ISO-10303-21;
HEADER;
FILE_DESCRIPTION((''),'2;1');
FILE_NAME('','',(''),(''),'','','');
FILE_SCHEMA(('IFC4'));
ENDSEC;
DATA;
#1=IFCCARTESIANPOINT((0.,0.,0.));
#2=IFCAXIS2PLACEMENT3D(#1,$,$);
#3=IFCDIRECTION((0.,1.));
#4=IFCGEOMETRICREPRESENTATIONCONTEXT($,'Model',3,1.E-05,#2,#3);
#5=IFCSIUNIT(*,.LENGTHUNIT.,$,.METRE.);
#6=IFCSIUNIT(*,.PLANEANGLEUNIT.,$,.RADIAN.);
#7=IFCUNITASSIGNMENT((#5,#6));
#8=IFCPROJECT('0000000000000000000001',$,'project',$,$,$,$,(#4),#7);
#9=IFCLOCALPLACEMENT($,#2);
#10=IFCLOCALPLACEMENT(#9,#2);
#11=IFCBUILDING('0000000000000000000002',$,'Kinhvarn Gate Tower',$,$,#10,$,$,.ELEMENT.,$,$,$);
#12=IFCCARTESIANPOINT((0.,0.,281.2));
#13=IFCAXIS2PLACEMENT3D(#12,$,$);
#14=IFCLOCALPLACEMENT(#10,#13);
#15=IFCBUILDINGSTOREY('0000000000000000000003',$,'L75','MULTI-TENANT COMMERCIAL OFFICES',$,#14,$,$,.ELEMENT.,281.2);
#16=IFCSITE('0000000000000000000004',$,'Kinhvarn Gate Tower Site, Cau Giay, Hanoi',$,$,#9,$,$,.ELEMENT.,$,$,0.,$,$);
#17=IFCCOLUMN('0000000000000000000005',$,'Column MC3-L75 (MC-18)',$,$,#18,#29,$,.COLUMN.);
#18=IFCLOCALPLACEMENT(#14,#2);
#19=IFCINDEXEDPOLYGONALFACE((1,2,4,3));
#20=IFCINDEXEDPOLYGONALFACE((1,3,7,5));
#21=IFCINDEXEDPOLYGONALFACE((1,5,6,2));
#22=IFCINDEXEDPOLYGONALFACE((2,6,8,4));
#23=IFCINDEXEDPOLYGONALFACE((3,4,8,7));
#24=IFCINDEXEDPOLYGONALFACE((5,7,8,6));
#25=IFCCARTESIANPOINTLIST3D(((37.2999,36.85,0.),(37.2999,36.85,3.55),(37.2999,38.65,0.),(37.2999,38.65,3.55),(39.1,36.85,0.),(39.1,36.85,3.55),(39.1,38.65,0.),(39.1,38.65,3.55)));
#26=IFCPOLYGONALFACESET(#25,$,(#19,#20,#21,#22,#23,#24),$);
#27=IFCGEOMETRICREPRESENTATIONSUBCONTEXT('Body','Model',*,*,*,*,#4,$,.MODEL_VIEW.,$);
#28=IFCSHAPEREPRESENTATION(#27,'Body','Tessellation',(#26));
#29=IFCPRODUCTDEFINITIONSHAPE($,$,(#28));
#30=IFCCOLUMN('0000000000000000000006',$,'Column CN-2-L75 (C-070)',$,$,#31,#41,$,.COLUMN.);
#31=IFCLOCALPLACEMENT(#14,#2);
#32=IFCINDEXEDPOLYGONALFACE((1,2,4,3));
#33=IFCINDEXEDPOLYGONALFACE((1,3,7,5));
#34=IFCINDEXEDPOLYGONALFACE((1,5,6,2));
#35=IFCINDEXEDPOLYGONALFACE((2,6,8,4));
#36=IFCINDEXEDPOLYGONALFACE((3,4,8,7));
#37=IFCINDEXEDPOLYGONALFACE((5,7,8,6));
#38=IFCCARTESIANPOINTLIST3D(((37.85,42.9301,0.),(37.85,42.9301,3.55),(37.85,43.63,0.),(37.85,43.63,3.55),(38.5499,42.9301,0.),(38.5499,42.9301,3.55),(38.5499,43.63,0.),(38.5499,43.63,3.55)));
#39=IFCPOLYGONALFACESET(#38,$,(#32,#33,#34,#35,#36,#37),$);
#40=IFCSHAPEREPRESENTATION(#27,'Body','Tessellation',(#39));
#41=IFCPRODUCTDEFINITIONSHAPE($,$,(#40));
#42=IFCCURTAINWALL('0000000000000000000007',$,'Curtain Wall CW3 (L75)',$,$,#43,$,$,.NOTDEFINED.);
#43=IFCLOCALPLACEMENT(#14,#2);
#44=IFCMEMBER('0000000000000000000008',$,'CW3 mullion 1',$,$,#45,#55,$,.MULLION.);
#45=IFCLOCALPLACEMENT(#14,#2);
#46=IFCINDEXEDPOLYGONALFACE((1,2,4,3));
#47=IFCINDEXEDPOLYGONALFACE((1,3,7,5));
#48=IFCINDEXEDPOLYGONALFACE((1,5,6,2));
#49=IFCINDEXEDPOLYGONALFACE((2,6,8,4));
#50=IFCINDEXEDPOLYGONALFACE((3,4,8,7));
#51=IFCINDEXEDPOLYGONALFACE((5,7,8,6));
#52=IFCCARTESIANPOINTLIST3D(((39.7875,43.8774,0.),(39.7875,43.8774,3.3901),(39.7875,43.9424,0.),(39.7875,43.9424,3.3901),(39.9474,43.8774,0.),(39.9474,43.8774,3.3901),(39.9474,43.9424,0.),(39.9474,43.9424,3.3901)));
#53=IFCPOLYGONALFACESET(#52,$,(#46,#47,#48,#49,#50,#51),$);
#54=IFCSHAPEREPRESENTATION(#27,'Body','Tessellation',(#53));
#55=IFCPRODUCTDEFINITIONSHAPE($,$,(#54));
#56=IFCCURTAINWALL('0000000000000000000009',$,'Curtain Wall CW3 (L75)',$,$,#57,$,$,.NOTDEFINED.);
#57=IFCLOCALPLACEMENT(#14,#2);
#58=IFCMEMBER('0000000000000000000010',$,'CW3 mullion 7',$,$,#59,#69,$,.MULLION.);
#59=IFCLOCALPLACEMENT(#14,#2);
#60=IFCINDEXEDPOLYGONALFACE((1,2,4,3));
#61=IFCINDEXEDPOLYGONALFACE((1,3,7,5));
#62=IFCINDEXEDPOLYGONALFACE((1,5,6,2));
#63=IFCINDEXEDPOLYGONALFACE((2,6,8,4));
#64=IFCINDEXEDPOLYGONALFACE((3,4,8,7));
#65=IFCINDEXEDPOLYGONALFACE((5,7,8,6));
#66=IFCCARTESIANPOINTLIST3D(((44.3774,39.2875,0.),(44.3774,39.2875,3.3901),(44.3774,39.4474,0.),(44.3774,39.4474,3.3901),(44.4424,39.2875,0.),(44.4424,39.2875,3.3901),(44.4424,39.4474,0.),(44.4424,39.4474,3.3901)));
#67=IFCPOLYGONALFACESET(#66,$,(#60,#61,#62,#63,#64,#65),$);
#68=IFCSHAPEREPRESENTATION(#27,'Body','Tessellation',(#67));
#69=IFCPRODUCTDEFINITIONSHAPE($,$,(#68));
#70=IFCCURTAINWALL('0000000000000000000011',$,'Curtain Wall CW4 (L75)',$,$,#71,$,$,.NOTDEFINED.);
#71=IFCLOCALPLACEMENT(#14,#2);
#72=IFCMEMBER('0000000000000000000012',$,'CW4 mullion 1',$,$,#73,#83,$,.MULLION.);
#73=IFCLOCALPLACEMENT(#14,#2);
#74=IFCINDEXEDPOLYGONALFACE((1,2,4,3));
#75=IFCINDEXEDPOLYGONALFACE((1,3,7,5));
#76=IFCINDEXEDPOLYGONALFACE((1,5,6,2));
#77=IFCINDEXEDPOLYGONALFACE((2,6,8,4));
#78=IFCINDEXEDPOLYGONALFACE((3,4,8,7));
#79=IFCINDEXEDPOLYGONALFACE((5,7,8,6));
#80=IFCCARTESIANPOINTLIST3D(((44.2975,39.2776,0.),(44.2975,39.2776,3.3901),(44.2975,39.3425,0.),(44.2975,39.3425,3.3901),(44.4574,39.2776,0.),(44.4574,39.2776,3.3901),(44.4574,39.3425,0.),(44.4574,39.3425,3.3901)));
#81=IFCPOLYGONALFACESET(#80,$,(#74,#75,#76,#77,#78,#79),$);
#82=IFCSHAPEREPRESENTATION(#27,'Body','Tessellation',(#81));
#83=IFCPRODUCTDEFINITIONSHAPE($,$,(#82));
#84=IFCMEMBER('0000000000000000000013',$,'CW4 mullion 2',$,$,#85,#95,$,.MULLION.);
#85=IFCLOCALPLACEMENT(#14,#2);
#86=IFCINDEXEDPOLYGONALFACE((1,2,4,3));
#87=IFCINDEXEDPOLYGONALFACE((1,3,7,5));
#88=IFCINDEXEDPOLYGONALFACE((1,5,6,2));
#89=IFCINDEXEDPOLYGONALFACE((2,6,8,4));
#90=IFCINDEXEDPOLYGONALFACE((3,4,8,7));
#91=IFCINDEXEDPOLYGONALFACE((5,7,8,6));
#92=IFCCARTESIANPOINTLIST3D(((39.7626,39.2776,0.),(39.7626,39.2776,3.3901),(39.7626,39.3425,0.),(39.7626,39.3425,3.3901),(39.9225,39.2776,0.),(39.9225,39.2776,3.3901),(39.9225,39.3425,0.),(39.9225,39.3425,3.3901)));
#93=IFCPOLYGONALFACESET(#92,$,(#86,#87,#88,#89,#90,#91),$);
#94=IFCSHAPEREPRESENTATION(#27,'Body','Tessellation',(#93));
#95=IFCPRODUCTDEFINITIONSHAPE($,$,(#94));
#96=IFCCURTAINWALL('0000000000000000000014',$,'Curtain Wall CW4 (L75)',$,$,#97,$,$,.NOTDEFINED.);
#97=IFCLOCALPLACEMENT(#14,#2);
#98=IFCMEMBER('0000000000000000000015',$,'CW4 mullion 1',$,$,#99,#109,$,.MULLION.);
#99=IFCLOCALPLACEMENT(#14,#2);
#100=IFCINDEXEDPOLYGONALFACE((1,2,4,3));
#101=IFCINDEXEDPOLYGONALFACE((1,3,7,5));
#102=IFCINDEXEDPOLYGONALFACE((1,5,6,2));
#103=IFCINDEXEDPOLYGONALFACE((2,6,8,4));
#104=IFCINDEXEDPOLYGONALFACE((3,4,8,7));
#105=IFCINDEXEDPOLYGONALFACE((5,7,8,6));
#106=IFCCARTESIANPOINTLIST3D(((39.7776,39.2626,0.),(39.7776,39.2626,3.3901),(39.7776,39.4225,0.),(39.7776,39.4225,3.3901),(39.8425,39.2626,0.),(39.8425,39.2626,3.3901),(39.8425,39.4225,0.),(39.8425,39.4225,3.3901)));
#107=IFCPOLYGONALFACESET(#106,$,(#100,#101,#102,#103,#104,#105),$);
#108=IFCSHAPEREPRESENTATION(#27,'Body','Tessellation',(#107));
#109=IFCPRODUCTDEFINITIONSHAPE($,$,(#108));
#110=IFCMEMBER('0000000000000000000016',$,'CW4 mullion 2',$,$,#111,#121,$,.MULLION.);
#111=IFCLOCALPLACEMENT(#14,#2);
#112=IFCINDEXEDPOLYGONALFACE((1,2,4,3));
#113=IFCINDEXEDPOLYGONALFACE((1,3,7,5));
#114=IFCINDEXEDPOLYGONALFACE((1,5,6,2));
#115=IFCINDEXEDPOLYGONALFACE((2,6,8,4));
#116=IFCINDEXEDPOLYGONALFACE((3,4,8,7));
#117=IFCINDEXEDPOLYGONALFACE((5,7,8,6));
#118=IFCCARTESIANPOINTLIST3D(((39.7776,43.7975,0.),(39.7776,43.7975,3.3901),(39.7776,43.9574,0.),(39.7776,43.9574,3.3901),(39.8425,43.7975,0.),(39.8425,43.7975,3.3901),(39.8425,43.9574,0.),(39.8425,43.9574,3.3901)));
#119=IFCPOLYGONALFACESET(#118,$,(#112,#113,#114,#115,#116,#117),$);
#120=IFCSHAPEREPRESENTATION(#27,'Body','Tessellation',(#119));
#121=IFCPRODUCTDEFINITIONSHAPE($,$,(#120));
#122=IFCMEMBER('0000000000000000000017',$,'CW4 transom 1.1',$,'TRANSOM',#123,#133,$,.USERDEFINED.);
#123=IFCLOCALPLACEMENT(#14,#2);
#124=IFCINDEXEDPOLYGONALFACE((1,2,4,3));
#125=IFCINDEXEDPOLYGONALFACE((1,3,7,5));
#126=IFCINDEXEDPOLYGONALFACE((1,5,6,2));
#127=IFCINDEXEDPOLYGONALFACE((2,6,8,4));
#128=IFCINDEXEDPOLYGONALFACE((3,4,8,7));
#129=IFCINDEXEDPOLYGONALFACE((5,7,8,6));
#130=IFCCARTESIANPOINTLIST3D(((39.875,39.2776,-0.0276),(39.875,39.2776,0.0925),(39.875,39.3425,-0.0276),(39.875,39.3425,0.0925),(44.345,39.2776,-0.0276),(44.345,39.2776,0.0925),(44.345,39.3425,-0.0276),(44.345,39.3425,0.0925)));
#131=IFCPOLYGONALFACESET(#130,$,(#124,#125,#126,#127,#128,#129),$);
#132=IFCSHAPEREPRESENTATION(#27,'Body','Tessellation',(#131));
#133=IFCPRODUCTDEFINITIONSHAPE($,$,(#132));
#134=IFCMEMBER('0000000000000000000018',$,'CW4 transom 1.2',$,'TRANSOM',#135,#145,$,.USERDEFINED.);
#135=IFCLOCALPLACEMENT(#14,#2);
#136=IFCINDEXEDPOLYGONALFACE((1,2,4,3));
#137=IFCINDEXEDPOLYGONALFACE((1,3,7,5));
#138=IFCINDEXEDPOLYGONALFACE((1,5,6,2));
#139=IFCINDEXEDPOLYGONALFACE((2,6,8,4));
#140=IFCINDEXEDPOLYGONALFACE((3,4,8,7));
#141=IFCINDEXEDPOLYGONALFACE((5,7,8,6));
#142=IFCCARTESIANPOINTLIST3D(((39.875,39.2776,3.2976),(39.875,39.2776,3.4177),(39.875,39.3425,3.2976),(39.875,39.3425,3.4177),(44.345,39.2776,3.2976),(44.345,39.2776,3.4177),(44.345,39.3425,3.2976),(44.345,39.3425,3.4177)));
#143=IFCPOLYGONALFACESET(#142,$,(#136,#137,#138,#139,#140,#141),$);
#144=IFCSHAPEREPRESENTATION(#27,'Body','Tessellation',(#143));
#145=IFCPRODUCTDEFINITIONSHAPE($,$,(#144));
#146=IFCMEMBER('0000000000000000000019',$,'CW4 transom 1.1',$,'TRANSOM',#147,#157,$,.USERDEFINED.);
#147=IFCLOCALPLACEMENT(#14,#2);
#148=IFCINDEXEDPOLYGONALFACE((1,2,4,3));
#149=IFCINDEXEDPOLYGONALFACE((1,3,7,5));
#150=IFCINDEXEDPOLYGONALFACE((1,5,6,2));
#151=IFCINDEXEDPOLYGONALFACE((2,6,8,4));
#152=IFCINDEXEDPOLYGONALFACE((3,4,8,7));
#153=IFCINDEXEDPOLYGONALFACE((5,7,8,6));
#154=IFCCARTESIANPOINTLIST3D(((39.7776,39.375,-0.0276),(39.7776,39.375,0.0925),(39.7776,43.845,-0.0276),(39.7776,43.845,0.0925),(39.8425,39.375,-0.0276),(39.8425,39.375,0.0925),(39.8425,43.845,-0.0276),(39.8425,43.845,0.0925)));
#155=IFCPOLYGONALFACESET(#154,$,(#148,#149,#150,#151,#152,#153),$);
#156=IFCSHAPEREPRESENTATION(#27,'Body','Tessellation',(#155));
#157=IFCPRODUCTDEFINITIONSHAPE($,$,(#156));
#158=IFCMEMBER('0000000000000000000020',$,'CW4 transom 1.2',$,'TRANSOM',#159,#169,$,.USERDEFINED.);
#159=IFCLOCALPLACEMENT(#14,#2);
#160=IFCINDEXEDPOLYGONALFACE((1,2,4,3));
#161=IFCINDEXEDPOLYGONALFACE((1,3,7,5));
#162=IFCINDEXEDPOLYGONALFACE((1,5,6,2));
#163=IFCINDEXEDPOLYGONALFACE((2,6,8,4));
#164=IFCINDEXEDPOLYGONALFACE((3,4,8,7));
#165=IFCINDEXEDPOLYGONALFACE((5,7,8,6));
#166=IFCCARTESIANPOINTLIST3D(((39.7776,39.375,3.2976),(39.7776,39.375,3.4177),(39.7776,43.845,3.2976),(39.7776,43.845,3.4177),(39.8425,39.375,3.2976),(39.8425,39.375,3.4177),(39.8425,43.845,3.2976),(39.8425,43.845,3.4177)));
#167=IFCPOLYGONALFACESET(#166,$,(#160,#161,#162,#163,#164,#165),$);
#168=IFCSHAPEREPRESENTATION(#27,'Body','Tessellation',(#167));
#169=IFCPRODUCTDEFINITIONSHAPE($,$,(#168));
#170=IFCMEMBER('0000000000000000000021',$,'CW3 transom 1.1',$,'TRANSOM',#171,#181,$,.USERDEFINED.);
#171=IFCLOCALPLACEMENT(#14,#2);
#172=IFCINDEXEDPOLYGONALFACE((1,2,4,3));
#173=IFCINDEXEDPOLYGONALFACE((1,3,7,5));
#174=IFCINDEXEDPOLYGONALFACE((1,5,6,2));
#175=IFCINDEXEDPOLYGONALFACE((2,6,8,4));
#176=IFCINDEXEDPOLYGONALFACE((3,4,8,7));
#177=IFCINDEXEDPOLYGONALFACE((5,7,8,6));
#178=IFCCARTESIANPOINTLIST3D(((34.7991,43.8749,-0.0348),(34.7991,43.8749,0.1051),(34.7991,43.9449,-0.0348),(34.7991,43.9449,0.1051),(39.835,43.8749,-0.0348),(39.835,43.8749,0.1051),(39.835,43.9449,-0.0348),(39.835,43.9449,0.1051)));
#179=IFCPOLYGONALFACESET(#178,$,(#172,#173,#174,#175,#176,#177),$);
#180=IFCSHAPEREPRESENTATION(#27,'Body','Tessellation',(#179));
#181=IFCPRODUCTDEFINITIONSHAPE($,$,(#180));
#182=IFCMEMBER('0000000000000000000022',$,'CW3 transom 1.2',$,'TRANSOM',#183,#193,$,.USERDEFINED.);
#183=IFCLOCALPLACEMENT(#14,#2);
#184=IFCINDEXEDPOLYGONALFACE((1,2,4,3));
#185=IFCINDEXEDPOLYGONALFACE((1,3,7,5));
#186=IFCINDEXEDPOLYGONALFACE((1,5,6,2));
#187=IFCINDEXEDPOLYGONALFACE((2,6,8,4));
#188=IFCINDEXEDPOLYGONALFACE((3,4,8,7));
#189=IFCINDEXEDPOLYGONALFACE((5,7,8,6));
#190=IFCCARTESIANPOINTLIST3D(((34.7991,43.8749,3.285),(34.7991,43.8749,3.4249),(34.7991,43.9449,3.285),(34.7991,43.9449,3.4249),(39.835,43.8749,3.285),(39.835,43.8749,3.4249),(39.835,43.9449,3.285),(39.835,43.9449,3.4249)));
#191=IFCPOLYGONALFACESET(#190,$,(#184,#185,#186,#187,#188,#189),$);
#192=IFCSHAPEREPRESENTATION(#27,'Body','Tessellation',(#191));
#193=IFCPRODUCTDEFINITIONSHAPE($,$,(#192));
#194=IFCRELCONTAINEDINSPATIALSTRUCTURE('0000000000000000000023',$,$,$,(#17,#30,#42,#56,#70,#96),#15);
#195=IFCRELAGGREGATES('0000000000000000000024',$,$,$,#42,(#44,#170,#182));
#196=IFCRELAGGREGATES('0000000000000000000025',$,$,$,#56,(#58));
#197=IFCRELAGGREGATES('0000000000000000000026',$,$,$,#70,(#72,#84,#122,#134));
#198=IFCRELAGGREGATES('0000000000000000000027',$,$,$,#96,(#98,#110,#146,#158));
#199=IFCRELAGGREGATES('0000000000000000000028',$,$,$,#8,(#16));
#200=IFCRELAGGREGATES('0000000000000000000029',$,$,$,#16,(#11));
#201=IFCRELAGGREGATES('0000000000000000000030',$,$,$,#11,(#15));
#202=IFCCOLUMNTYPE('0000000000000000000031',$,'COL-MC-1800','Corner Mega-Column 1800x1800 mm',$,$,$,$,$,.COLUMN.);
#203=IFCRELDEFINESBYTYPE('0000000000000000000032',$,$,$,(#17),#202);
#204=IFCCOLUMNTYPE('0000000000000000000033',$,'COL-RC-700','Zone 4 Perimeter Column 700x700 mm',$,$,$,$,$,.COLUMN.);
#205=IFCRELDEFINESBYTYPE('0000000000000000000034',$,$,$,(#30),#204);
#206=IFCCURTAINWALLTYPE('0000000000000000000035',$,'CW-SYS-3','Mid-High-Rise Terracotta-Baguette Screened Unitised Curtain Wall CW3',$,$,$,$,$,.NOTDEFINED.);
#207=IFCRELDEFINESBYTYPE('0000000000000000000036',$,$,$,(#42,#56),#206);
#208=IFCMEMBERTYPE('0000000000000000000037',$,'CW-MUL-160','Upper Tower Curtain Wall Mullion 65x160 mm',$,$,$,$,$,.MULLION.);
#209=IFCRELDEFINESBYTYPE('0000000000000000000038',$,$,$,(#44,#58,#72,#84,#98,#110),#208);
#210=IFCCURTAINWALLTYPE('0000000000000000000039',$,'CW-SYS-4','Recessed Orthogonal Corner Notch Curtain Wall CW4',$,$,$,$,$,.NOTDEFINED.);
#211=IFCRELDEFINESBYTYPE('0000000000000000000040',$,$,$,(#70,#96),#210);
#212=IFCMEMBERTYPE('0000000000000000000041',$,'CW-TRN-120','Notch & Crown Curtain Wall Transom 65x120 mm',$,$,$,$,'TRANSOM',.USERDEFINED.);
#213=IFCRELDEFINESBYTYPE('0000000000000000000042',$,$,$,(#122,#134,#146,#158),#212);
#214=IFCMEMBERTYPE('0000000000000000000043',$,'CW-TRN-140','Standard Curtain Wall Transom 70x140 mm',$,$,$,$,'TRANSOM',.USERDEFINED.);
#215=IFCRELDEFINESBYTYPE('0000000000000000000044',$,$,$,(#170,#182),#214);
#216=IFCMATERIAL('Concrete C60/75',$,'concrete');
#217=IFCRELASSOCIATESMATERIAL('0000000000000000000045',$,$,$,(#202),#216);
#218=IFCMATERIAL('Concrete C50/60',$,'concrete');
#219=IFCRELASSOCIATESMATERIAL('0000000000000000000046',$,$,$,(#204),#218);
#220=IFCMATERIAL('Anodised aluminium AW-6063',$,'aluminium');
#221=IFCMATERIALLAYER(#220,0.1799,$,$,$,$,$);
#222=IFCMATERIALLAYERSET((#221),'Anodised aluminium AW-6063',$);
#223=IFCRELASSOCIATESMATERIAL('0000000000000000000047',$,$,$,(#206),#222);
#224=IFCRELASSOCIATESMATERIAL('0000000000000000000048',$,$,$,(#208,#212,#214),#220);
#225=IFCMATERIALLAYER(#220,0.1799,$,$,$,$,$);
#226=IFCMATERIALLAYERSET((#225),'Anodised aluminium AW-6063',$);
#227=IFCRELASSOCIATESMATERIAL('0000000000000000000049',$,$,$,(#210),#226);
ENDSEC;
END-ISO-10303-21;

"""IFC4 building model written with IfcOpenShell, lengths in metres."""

from ifc_helpers import new_model, si_unit, direction, frame, origin, origin_2d, place, context, subcontext, project, spatial, rectangle, extrude, material, layer, layer_set, material_profile, profile_set, type_object, element, aggregate, save


model = new_model("IFC4")

# Units and contexts
model_context = context("Model", 3, precision=1e-05, world=origin(), true_north=direction((0.0, 1.0)))
body_context = subcontext(model_context, "Body", "Model", "MODEL_VIEW")
ifc_project = project(units=[si_unit("LENGTHUNIT", "METRE"), si_unit("PLANEANGLEUNIT", "RADIAN")], contexts=[model_context])

# Site, building, storey
site_placement = place(None, origin())
site = spatial("IfcSite", under=ifc_project, at=site_placement, Name="Kinhvarn Gate Tower Site, Cau Giay, Hanoi", CompositionType="ELEMENT", RefElevation=0.0)
building_placement = place(site_placement, origin())
building = spatial("IfcBuilding", under=site, at=building_placement, Name="Kinhvarn Gate Tower", CompositionType="ELEMENT")
storey_placement = place(building_placement, frame((0.0, 0.0, 281.2)))
storey = spatial("IfcBuildingStorey", under=building, at=storey_placement, Name="L75", Description="MULTI-TENANT COMMERCIAL OFFICES", CompositionType="ELEMENT", Elevation=281.2)

# Columns
ifc_material_1 = material(Name="Concrete C60/75", Category="concrete")
ifc_material_profile_1 = material_profile(ifc_material_1, rectangle(XDim=1.8, YDim=1.8, at=origin_2d()), Name="RC 1800x1800")
ifc_profile_set_1 = profile_set([ifc_material_profile_1], Name="Concrete C60/75")
column_type_1 = type_object("IfcColumnType", Name="COL-MC-1800", Description="Corner Mega-Column 1800x1800 mm", PredefinedType="COLUMN", material=ifc_profile_set_1)
column_1_placement = place(storey_placement, frame((38.2, 37.75, 0.0), z_axis=(0.0, 0.0, 1.0), x_axis=(1.0, 0.0, 0.0)))
element("IfcColumn", 1, at=column_1_placement, inside=storey, type_object=column_type_1, Name="Column MC3-L75 (MC-18)", PredefinedType="COLUMN", context=body_context, shape_type="SweptSolid", body=[
    extrude(rectangle(XDim=1.8, YDim=1.8, at=origin_2d()), origin(), (0.0, 0.0, 1.0), 3.55),
])
ifc_material_2 = material(Name="Concrete C50/60", Category="concrete")
ifc_material_profile_2 = material_profile(ifc_material_2, rectangle(XDim=0.7, YDim=0.7, at=origin_2d()), Name="RC 700x700")
ifc_profile_set_2 = profile_set([ifc_material_profile_2], Name="Concrete C50/60")
column_type_2 = type_object("IfcColumnType", Name="COL-RC-700", Description="Zone 4 Perimeter Column 700x700 mm", PredefinedType="COLUMN", material=ifc_profile_set_2)
column_2_placement = place(storey_placement, frame((38.2, 43.28, 0.0), z_axis=(0.0, 0.0, 1.0), x_axis=(1.0, 0.0, 0.0)))
element("IfcColumn", 2, at=column_2_placement, inside=storey, type_object=column_type_2, Name="Column CN-2-L75 (C-070)", PredefinedType="COLUMN", context=body_context, shape_type="SweptSolid", body=[
    extrude(rectangle(XDim=0.7, YDim=0.7, at=origin_2d()), origin(), (0.0, 0.0, 1.0), 3.55),
])

# Curtain walls, members
ifc_material_3 = material(Name="Anodised aluminium AW-6063", Category="aluminium")
ifc_layer_1 = layer(ifc_material_3, 0.1799)
ifc_layer_set_1 = layer_set([ifc_layer_1], Name="Anodised aluminium AW-6063")
curtain_wall_type_1 = type_object("IfcCurtainWallType", Name="CW-SYS-3", Description="Mid-High-Rise Terracotta-Baguette Screened Unitised Curtain Wall CW3", PredefinedType="NOTDEFINED", material=ifc_layer_set_1)
curtain_wall_1_placement = place(storey_placement, origin())
curtain_wall_1 = element("IfcCurtainWall", 3, at=curtain_wall_1_placement, inside=storey, type_object=curtain_wall_type_1, Name="Curtain Wall CW3 (L75)", PredefinedType="NOTDEFINED")
ifc_material_profile_3 = material_profile(ifc_material_3, rectangle(XDim=0.0649, YDim=0.1599, at=origin_2d()), Name="ALU 65x160")
ifc_profile_set_3 = profile_set([ifc_material_profile_3], Name="Anodised aluminium AW-6063")
member_type_1 = type_object("IfcMemberType", Name="CW-MUL-160", Description="Upper Tower Curtain Wall Mullion 65x160 mm", PredefinedType="MULLION", material=ifc_profile_set_3)
member_1_placement = place(storey_placement, frame((39.8674, 43.9099, 0.0), z_axis=(0.0, 0.0, 1.0), x_axis=(0.0, -1.0, 0.0)))
member_1 = element("IfcMember", 4, at=member_1_placement, type_object=member_type_1, Name="CW3 mullion 1", PredefinedType="MULLION", context=body_context, shape_type="SweptSolid", body=[
    extrude(rectangle(XDim=0.0649, YDim=0.1599, at=origin_2d()), origin(), (0.0, 0.0, 1.0), 3.3901),
])
curtain_wall_2_placement = place(storey_placement, origin())
curtain_wall_2 = element("IfcCurtainWall", 5, at=curtain_wall_2_placement, inside=storey, type_object=curtain_wall_type_1, Name="Curtain Wall CW3 (L75)", PredefinedType="NOTDEFINED")
member_2_placement = place(storey_placement, frame((44.4099, 39.3674, 0.0), z_axis=(0.0, 0.0, 1.0), x_axis=(-1.0, 0.0, 0.0)))
member_2 = element("IfcMember", 6, at=member_2_placement, type_object=member_type_1, Name="CW3 mullion 7", PredefinedType="MULLION", context=body_context, shape_type="SweptSolid", body=[
    extrude(rectangle(XDim=0.0649, YDim=0.1599, at=origin_2d()), origin(), (0.0, 0.0, 1.0), 3.3901),
])

# Curtain walls, members
ifc_layer_2 = layer(ifc_material_3, 0.1799)
ifc_layer_set_2 = layer_set([ifc_layer_2], Name="Anodised aluminium AW-6063")
curtain_wall_type_2 = type_object("IfcCurtainWallType", Name="CW-SYS-4", Description="Recessed Orthogonal Corner Notch Curtain Wall CW4", PredefinedType="NOTDEFINED", material=ifc_layer_set_2)
curtain_wall_3_placement = place(storey_placement, origin())
curtain_wall_3 = element("IfcCurtainWall", 7, at=curtain_wall_3_placement, inside=storey, type_object=curtain_wall_type_2, Name="Curtain Wall CW4 (L75)", PredefinedType="NOTDEFINED")
member_3_placement = place(storey_placement, frame((44.3774, 39.3101, 0.0), z_axis=(0.0, 0.0, 1.0), x_axis=(0.0, -1.0, 0.0)))
member_3 = element("IfcMember", 8, at=member_3_placement, type_object=member_type_1, Name="CW4 mullion 1", PredefinedType="MULLION", context=body_context, shape_type="SweptSolid", body=[
    extrude(rectangle(XDim=0.0649, YDim=0.1599, at=origin_2d()), origin(), (0.0, 0.0, 1.0), 3.3901),
])
member_4_placement = place(storey_placement, frame((39.8425, 39.3101, 0.0), z_axis=(0.0, 0.0, 1.0), x_axis=(0.0, -1.0, 0.0)))
member_4 = element("IfcMember", 9, at=member_4_placement, type_object=member_type_1, Name="CW4 mullion 2", PredefinedType="MULLION", context=body_context, shape_type="SweptSolid", body=[
    extrude(rectangle(XDim=0.0649, YDim=0.1599, at=origin_2d()), origin(), (0.0, 0.0, 1.0), 3.3901),
])
curtain_wall_4_placement = place(storey_placement, origin())
curtain_wall_4 = element("IfcCurtainWall", 10, at=curtain_wall_4_placement, inside=storey, type_object=curtain_wall_type_2, Name="Curtain Wall CW4 (L75)", PredefinedType="NOTDEFINED")
member_5_placement = place(storey_placement, frame((39.8101, 39.3425, 0.0), z_axis=(0.0, 0.0, 1.0), x_axis=(-1.0, 0.0, 0.0)))
member_5 = element("IfcMember", 11, at=member_5_placement, type_object=member_type_1, Name="CW4 mullion 1", PredefinedType="MULLION", context=body_context, shape_type="SweptSolid", body=[
    extrude(rectangle(XDim=0.0649, YDim=0.1599, at=origin_2d()), origin(), (0.0, 0.0, 1.0), 3.3901),
])
member_6_placement = place(storey_placement, frame((39.8101, 43.8774, 0.0), z_axis=(0.0, 0.0, 1.0), x_axis=(-1.0, 0.0, 0.0)))
member_6 = element("IfcMember", 12, at=member_6_placement, type_object=member_type_1, Name="CW4 mullion 2", PredefinedType="MULLION", context=body_context, shape_type="SweptSolid", body=[
    extrude(rectangle(XDim=0.0649, YDim=0.1599, at=origin_2d()), origin(), (0.0, 0.0, 1.0), 3.3901),
])

# Members
ifc_material_profile_4 = material_profile(ifc_material_3, rectangle(XDim=0.0649, YDim=0.1201, at=origin_2d()), Name="ALU 65x120")
ifc_profile_set_4 = profile_set([ifc_material_profile_4], Name="Anodised aluminium AW-6063")
member_type_2 = type_object("IfcMemberType", Name="CW-TRN-120", Description="Notch & Crown Curtain Wall Transom 65x120 mm", ElementType="TRANSOM", PredefinedType="USERDEFINED", material=ifc_profile_set_4)
member_7_placement = place(storey_placement, frame((44.345, 39.3101, 0.0325), z_axis=(-1.0, 0.0, 0.0), x_axis=(0.0, -1.0, 0.0)))
member_7 = element("IfcMember", 13, at=member_7_placement, type_object=member_type_2, Name="CW4 transom 1.1", ObjectType="TRANSOM", PredefinedType="USERDEFINED", context=body_context, shape_type="SweptSolid", body=[
    extrude(rectangle(XDim=0.0649, YDim=0.1201, at=origin_2d()), origin(), (0.0, 0.0, 1.0), 4.47),
])
member_8_placement = place(storey_placement, frame((44.345, 39.3101, 3.3577), z_axis=(-1.0, 0.0, 0.0), x_axis=(0.0, -1.0, 0.0)))
member_8 = element("IfcMember", 14, at=member_8_placement, type_object=member_type_2, Name="CW4 transom 1.2", ObjectType="TRANSOM", PredefinedType="USERDEFINED", context=body_context, shape_type="SweptSolid", body=[
    extrude(rectangle(XDim=0.0649, YDim=0.1201, at=origin_2d()), origin(), (0.0, 0.0, 1.0), 4.47),
])
member_9_placement = place(storey_placement, frame((39.8101, 39.375, 0.0325), z_axis=(0.0, 1.0, 0.0), x_axis=(-1.0, 0.0, 0.0)))
member_9 = element("IfcMember", 15, at=member_9_placement, type_object=member_type_2, Name="CW4 transom 1.1", ObjectType="TRANSOM", PredefinedType="USERDEFINED", context=body_context, shape_type="SweptSolid", body=[
    extrude(rectangle(XDim=0.0649, YDim=0.1201, at=origin_2d()), origin(), (0.0, 0.0, 1.0), 4.47),
])
member_10_placement = place(storey_placement, frame((39.8101, 39.375, 3.3577), z_axis=(0.0, 1.0, 0.0), x_axis=(-1.0, 0.0, 0.0)))
member_10 = element("IfcMember", 16, at=member_10_placement, type_object=member_type_2, Name="CW4 transom 1.2", ObjectType="TRANSOM", PredefinedType="USERDEFINED", context=body_context, shape_type="SweptSolid", body=[
    extrude(rectangle(XDim=0.0649, YDim=0.1201, at=origin_2d()), origin(), (0.0, 0.0, 1.0), 4.47),
])
ifc_material_profile_5 = material_profile(ifc_material_3, rectangle(XDim=0.0701, YDim=0.1399, at=origin_2d()), Name="ALU 70x140")
ifc_profile_set_5 = profile_set([ifc_material_profile_5], Name="Anodised aluminium AW-6063")
member_type_3 = type_object("IfcMemberType", Name="CW-TRN-140", Description="Standard Curtain Wall Transom 70x140 mm", ElementType="TRANSOM", PredefinedType="USERDEFINED", material=ifc_profile_set_5)
member_11_placement = place(storey_placement, frame((39.835, 43.9099, 0.0352), z_axis=(-1.0, 0.0, 0.0), x_axis=(0.0, -1.0, 0.0)))
member_11 = element("IfcMember", 17, at=member_11_placement, type_object=member_type_3, Name="CW3 transom 1.1", ObjectType="TRANSOM", PredefinedType="USERDEFINED", context=body_context, shape_type="SweptSolid", body=[
    extrude(rectangle(XDim=0.0701, YDim=0.1399, at=origin_2d()), origin(), (0.0, 0.0, 1.0), 5.0359),
])
member_12_placement = place(storey_placement, frame((39.835, 43.9099, 3.355), z_axis=(-1.0, 0.0, 0.0), x_axis=(0.0, -1.0, 0.0)))
member_12 = element("IfcMember", 18, at=member_12_placement, type_object=member_type_3, Name="CW3 transom 1.2", ObjectType="TRANSOM", PredefinedType="USERDEFINED", context=body_context, shape_type="SweptSolid", body=[
    extrude(rectangle(XDim=0.0701, YDim=0.1399, at=origin_2d()), origin(), (0.0, 0.0, 1.0), 5.0359),
])
aggregate(curtain_wall_1, [member_1, member_11, member_12])

aggregate(curtain_wall_2, [member_2])
aggregate(curtain_wall_3, [member_3, member_4, member_7, member_8])
aggregate(curtain_wall_4, [member_5, member_6, member_9, member_10])

save(model, "model.ifc")
